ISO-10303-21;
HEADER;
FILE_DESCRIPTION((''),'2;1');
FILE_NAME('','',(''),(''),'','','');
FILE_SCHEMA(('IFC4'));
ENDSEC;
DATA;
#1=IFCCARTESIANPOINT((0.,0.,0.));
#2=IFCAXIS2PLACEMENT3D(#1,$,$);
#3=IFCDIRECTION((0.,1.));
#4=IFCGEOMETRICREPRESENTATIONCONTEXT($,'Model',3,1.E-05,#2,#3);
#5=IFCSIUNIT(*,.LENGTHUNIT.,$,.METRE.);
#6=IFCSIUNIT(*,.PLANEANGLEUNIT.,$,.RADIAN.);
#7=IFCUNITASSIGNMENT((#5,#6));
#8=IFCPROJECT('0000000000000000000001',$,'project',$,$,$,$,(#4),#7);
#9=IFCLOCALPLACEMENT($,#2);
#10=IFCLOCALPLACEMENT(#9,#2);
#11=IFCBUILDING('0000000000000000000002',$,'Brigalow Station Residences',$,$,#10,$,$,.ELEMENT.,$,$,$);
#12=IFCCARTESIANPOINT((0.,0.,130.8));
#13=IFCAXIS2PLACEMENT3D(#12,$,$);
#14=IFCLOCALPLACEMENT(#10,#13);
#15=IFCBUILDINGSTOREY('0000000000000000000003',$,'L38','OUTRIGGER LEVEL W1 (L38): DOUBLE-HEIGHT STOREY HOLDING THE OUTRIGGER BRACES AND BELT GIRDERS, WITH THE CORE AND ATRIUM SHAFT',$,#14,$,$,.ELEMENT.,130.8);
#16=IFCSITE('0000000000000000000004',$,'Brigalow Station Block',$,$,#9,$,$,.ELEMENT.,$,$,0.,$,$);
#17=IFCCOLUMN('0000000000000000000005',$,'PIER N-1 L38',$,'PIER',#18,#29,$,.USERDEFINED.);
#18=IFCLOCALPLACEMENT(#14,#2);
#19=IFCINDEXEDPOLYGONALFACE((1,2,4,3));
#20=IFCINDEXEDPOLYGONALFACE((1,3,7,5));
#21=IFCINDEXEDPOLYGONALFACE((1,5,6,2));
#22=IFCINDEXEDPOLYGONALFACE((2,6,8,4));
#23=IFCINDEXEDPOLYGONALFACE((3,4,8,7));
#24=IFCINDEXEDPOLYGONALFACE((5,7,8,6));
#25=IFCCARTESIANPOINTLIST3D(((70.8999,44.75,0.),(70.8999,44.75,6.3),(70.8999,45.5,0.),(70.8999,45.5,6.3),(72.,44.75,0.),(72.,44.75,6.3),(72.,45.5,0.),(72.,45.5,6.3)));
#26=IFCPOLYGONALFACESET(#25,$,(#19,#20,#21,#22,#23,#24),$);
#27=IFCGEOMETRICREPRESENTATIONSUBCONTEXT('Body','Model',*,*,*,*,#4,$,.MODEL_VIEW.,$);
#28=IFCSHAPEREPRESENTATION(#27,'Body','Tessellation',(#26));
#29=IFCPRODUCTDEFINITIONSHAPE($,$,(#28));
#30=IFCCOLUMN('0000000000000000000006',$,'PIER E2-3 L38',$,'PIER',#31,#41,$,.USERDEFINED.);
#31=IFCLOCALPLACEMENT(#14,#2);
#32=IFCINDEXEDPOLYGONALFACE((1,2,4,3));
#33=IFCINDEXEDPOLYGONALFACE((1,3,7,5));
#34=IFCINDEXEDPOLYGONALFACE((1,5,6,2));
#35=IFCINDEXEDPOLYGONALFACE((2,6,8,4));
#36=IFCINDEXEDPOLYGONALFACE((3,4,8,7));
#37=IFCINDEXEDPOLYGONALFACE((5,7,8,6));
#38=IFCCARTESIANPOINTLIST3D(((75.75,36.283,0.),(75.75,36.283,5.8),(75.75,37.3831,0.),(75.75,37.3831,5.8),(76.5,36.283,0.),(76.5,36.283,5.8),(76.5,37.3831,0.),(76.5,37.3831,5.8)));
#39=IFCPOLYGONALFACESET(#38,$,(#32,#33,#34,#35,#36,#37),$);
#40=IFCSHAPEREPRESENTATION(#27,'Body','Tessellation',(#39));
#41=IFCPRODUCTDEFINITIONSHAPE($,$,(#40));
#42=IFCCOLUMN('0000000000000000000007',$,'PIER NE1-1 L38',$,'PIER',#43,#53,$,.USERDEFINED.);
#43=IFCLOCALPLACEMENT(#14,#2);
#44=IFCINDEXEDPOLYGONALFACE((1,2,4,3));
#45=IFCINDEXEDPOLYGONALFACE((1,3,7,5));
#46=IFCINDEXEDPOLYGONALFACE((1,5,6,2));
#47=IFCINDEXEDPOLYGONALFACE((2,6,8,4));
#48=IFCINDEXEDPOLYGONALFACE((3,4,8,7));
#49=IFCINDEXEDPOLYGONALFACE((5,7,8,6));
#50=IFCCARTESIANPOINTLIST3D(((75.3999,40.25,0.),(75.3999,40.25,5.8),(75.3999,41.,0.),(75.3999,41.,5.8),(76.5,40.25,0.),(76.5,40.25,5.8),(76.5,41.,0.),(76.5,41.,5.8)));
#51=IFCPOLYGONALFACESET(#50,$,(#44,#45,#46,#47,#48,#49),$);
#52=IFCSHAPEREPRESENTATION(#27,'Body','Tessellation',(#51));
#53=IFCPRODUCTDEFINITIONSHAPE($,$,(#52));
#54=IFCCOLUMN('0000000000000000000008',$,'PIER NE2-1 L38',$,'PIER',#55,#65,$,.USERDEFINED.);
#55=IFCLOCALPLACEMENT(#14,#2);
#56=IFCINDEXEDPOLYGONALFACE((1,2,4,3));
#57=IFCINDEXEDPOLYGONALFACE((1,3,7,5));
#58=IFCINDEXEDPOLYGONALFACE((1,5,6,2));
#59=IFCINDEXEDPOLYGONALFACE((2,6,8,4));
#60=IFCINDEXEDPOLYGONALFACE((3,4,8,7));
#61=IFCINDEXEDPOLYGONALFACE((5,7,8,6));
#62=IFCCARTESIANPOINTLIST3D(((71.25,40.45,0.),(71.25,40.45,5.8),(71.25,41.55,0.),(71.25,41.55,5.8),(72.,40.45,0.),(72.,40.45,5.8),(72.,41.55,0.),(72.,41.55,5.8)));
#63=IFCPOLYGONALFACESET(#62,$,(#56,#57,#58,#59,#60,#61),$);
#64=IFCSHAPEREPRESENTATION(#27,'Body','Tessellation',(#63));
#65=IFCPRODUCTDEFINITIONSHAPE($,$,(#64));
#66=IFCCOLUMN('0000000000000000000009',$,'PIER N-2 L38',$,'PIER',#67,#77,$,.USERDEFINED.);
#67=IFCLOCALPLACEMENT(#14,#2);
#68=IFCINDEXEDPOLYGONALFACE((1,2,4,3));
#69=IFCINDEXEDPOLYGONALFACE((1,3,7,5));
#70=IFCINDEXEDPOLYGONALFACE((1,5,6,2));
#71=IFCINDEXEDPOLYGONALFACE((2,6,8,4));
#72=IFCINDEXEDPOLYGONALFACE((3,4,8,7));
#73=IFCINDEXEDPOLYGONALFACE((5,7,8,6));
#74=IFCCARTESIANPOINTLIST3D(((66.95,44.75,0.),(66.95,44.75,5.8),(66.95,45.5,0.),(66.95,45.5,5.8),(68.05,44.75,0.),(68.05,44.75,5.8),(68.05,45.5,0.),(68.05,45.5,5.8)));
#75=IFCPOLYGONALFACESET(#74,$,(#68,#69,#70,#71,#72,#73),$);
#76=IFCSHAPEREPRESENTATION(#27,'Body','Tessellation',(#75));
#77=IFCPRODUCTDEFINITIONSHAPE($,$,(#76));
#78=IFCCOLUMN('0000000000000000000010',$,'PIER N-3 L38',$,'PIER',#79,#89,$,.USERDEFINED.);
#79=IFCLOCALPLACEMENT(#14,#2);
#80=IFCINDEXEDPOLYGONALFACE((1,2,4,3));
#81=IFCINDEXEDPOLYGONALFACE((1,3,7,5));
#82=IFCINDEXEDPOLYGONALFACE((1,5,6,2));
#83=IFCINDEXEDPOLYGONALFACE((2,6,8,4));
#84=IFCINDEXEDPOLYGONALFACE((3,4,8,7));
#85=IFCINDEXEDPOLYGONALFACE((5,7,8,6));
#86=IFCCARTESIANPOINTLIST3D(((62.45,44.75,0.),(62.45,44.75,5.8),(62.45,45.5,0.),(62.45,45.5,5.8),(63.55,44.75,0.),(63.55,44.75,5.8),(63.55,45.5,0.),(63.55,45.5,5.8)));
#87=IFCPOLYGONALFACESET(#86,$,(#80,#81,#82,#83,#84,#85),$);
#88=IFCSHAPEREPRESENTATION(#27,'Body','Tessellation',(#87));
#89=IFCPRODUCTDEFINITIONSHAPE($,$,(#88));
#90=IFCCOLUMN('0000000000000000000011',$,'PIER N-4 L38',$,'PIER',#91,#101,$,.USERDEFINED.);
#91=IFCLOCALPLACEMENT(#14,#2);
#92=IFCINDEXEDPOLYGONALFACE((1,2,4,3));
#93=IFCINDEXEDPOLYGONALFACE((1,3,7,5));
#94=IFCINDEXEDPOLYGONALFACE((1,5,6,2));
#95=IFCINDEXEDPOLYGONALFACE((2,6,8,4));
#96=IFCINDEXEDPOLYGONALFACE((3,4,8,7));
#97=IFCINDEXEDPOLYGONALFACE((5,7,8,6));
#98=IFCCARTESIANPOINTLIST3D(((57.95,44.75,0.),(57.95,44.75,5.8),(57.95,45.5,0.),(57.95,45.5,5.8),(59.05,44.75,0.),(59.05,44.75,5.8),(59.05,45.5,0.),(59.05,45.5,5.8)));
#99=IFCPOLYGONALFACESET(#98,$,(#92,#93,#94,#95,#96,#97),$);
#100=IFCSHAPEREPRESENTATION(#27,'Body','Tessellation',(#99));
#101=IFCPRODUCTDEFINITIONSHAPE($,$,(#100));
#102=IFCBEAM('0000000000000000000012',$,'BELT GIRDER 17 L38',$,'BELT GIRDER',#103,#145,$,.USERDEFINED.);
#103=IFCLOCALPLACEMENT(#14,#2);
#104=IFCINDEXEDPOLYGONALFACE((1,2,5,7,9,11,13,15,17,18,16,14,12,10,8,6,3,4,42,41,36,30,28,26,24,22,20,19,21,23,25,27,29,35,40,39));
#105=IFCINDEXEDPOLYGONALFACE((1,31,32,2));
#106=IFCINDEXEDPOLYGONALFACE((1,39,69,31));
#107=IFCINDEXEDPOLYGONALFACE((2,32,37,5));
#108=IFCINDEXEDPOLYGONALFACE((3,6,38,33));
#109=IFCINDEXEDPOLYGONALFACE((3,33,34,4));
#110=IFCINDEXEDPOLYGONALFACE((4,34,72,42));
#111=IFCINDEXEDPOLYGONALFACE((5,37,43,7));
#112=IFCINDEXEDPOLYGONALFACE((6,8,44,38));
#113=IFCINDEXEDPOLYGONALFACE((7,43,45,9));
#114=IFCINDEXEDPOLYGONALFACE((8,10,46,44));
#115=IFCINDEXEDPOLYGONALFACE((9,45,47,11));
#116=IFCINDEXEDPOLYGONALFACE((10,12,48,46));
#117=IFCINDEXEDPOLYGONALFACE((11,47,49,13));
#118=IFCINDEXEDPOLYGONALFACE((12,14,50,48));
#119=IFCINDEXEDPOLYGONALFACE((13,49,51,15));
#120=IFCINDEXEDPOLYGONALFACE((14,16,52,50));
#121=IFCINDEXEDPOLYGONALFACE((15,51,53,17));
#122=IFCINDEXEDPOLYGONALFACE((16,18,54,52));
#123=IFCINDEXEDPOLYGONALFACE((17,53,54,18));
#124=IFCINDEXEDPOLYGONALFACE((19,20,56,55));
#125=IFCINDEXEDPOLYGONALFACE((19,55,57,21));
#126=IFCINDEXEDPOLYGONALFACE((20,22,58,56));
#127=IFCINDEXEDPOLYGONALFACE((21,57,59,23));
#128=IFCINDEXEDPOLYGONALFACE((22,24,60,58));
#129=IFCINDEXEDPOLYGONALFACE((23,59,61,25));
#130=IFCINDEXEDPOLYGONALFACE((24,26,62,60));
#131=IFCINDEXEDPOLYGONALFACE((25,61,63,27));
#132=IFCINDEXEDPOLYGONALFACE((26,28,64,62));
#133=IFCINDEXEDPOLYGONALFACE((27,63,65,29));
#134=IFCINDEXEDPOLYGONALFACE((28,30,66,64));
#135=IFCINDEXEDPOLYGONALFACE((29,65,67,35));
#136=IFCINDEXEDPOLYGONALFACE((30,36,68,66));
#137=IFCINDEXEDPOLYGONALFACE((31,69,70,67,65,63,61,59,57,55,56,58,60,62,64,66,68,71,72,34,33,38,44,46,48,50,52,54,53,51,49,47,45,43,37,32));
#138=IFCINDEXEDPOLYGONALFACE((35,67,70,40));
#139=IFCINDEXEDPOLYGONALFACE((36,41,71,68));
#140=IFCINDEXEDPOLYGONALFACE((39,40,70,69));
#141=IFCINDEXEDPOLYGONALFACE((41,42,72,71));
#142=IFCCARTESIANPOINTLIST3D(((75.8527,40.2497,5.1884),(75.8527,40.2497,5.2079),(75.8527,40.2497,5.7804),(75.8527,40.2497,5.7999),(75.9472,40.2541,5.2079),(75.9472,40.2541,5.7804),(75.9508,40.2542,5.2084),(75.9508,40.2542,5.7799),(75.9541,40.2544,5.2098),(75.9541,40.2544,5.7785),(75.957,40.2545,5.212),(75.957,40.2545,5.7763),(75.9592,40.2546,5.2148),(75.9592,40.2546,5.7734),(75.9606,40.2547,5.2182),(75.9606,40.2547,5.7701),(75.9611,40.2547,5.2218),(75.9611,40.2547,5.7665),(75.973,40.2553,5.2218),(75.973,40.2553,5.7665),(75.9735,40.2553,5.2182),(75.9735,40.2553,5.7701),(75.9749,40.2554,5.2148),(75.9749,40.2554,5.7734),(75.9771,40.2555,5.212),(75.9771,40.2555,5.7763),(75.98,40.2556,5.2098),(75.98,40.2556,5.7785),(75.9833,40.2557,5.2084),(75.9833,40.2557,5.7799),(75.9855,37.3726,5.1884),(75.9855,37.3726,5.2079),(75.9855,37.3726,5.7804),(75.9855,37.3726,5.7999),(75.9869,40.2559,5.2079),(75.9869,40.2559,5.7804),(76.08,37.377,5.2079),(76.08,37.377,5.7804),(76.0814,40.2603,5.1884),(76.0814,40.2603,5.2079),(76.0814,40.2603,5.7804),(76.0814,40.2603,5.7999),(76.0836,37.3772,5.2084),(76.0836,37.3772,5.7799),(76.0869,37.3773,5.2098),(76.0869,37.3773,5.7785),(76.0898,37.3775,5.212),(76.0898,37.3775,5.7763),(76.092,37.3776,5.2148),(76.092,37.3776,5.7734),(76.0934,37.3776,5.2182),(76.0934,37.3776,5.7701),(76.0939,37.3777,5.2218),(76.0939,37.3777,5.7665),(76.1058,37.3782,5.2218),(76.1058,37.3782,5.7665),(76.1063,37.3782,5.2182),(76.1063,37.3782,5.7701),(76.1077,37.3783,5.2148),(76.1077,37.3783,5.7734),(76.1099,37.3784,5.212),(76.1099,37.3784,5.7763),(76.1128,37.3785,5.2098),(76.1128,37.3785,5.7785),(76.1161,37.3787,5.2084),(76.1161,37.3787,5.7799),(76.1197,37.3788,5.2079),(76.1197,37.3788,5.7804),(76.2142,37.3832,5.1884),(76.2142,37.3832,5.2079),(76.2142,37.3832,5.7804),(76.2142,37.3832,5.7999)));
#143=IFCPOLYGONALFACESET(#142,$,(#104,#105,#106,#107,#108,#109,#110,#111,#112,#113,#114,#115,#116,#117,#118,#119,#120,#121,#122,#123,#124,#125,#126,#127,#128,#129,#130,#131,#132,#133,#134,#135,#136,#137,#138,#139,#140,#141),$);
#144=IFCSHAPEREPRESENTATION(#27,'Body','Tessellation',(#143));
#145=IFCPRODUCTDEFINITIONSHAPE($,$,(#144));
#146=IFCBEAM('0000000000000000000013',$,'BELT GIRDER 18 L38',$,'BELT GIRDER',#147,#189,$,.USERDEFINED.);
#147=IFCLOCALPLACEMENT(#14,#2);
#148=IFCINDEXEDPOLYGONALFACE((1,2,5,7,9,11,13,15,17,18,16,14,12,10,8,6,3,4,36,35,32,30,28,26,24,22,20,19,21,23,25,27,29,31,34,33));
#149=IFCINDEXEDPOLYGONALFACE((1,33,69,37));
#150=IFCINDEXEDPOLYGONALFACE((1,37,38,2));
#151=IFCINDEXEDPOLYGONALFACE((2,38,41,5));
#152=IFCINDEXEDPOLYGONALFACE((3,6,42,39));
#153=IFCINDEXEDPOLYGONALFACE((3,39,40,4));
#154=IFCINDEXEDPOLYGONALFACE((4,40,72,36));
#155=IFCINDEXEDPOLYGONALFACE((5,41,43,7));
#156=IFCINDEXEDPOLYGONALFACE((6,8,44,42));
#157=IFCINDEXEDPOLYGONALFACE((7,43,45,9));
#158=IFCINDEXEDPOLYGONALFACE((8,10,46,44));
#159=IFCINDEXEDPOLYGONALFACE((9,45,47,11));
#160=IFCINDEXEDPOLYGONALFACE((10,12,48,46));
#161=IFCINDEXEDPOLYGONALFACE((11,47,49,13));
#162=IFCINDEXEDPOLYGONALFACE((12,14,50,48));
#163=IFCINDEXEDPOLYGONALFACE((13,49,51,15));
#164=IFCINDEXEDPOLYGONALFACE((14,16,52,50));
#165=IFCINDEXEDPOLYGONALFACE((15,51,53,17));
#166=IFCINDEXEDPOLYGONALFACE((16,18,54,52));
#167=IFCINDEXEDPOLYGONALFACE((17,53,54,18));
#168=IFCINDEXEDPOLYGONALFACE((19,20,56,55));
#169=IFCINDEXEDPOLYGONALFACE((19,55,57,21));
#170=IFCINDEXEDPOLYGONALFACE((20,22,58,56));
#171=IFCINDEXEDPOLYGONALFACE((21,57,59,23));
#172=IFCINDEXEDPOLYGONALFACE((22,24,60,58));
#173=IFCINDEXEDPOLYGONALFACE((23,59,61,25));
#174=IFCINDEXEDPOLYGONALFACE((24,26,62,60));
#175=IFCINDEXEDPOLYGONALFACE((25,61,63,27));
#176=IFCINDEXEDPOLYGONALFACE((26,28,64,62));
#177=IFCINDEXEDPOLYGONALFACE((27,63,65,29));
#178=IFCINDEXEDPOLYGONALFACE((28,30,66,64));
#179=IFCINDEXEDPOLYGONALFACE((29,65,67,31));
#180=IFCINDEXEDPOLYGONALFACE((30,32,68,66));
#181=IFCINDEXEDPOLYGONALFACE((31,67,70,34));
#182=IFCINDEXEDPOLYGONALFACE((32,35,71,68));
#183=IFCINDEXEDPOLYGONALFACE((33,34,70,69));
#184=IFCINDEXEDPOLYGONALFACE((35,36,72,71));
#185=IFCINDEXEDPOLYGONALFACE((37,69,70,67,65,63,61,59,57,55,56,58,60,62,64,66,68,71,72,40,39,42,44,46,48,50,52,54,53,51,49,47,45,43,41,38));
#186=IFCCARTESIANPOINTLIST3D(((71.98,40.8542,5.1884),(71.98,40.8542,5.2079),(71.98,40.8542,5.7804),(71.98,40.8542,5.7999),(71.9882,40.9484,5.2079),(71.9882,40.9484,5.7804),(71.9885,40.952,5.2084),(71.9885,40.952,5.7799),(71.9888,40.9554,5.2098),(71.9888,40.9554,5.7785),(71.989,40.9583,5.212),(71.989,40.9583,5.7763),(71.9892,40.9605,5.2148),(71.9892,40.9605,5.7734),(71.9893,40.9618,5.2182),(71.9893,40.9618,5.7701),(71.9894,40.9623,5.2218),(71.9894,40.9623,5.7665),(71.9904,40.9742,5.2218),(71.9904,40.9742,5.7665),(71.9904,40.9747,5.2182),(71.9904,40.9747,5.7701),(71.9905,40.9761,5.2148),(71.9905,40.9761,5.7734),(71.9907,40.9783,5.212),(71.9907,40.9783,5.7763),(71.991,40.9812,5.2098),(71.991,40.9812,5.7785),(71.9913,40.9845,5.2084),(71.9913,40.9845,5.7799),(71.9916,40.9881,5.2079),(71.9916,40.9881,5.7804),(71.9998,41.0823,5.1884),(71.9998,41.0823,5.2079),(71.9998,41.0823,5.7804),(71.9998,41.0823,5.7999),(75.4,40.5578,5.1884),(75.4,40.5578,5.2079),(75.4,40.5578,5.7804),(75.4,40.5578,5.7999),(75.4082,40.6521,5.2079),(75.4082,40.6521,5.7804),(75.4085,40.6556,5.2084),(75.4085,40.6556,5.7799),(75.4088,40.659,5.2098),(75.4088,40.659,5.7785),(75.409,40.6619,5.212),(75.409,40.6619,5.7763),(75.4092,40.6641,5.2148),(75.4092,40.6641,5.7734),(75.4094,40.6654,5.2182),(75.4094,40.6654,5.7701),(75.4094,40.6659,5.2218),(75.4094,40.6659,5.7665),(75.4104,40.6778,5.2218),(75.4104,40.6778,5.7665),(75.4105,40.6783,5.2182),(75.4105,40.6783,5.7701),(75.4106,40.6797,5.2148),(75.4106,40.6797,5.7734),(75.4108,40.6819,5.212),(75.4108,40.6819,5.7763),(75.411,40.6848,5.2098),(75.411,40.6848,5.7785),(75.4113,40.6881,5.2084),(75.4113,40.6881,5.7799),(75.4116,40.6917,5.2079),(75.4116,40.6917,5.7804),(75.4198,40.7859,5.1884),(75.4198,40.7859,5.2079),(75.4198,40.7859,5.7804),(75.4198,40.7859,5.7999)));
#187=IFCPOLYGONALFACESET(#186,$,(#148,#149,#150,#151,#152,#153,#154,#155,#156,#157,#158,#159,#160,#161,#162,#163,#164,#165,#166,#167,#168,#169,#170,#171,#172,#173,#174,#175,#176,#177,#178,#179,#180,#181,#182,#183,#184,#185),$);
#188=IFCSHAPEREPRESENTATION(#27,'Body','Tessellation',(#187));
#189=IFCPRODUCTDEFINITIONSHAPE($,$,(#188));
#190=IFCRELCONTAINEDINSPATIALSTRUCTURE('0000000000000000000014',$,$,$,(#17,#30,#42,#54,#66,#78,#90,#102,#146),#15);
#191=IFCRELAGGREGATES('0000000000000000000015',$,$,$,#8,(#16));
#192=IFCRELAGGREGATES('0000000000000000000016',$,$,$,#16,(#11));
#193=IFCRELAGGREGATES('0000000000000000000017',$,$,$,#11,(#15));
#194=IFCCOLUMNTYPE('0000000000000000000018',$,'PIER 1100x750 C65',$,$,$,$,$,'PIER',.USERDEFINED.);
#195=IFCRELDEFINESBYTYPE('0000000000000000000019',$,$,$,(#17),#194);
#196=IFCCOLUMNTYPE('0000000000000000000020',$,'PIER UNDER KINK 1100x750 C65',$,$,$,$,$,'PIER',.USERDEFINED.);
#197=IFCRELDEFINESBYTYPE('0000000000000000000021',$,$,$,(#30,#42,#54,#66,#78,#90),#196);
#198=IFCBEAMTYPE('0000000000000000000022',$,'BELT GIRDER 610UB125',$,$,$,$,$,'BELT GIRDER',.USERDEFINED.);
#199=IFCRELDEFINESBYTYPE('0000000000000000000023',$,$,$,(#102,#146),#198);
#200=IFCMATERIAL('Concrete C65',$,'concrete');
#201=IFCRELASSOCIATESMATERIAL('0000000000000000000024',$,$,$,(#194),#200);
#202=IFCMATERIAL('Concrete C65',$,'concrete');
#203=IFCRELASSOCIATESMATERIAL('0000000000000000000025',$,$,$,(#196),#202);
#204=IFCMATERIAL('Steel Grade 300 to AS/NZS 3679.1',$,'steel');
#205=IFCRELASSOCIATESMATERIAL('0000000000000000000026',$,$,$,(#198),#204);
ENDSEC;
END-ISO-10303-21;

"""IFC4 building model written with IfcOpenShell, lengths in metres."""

from ifc_helpers import new_model, si_unit, direction, frame, origin, origin_2d, place, context, subcontext, project, spatial, rectangle, i_section, extrude, material, material_profile, profile_set, type_object, element, save


model = new_model("IFC4")

# Units and contexts
model_context = context("Model", 3, precision=1e-05, world=origin(), true_north=direction((0.0, 1.0)))
body_context = subcontext(model_context, "Body", "Model", "MODEL_VIEW")
ifc_project = project(units=[si_unit("LENGTHUNIT", "METRE"), si_unit("PLANEANGLEUNIT", "RADIAN")], contexts=[model_context])

# Site, building, storey
site_placement = place(None, origin())
site = spatial("IfcSite", under=ifc_project, at=site_placement, Name="Brigalow Station Block", CompositionType="ELEMENT", RefElevation=0.0)
building_placement = place(site_placement, origin())
building = spatial("IfcBuilding", under=site, at=building_placement, Name="Brigalow Station Residences", CompositionType="ELEMENT")
storey_placement = place(building_placement, frame((0.0, 0.0, 130.8)))
storey = spatial("IfcBuildingStorey", under=building, at=storey_placement, Name="L38", Description="OUTRIGGER LEVEL W1 (L38): DOUBLE-HEIGHT STOREY HOLDING THE OUTRIGGER BRACES AND BELT GIRDERS, WITH THE CORE AND ATRIUM SHAFT", CompositionType="ELEMENT", Elevation=130.8)

# Columns
ifc_material_1 = material(Name="Concrete C65", Category="concrete")
ifc_material_profile_1 = material_profile(ifc_material_1, rectangle(XDim=1.1001, YDim=0.75, at=origin_2d()), Name="RC1100x750")
ifc_profile_set_1 = profile_set([ifc_material_profile_1], Name="Concrete C65")
column_type_1 = type_object("IfcColumnType", Name="PIER 1100x750 C65", ElementType="PIER", PredefinedType="USERDEFINED", material=ifc_profile_set_1)
column_placement = place(storey_placement, frame((71.45, 45.125, 0.0), z_axis=(0.0, 0.0, 1.0), x_axis=(-1.0, 0.0, 0.0)))
element("IfcColumn", 1, at=column_placement, inside=storey, type_object=column_type_1, Name="PIER N-1 L38", ObjectType="PIER", PredefinedType="USERDEFINED", context=body_context, shape_type="SweptSolid", body=[
    extrude(rectangle(XDim=1.1001, YDim=0.75, at=origin_2d()), origin(), (0.0, 0.0, 1.0), 6.3),
])
ifc_material_2 = material(Name="Concrete C65", Category="concrete")
ifc_material_profile_2 = material_profile(ifc_material_2, rectangle(XDim=1.1001, YDim=0.75, at=origin_2d()), Name="RC1100x750")
ifc_profile_set_2 = profile_set([ifc_material_profile_2], Name="Concrete C65")
column_type_2 = type_object("IfcColumnType", Name="PIER UNDER KINK 1100x750 C65", ElementType="PIER", PredefinedType="USERDEFINED", material=ifc_profile_set_2)
for number, where, z_axis, x_axis, name in (
    (2, (76.125, 36.833, 0.0), (0.0, 0.0, 1.0), (0.0, 1.0, 0.0), "PIER E2-3 L38"),
    (3, (75.95, 40.625, 0.0), (0.0, 0.0, 1.0), (-1.0, 0.0, 0.0), "PIER NE1-1 L38"),
    (4, (71.625, 41.0, 0.0), (0.0, 0.0, 1.0), (0.0, 1.0, 0.0), "PIER NE2-1 L38"),
    (5, (67.5, 45.125, 0.0), (0.0, 0.0, 1.0), (-1.0, 0.0, 0.0), "PIER N-2 L38"),
    (6, (63.0, 45.125, 0.0), (0.0, 0.0, 1.0), (-1.0, 0.0, 0.0), "PIER N-3 L38"),
    (7, (58.5, 45.125, 0.0), (0.0, 0.0, 1.0), (-1.0, 0.0, 0.0), "PIER N-4 L38"),
):
    element("IfcColumn", number, at=place(storey_placement, frame(where, z_axis=z_axis, x_axis=x_axis)), inside=storey, type_object=column_type_2, Name=name, ObjectType="PIER", PredefinedType="USERDEFINED", context=body_context, shape_type="SweptSolid", body=[
        extrude(rectangle(XDim=1.1001, YDim=0.75, at=origin_2d()), origin(), (0.0, 0.0, 1.0), 5.8),
    ])

# Beams
ifc_material_3 = material(Name="Steel Grade 300 to AS/NZS 3679.1", Category="steel")
ifc_material_profile_3 = material_profile(ifc_material_3, i_section(OverallWidth=0.229, OverallDepth=0.6116, WebThickness=0.012, FlangeThickness=0.0195, FilletRadius=0.0139, at=origin_2d()), Name="610UB125")
ifc_profile_set_3 = profile_set([ifc_material_profile_3], Name="Steel Grade 300 to AS/NZS 3679.1")
beam_type = type_object("IfcBeamType", Name="BELT GIRDER 610UB125", ElementType="BELT GIRDER", PredefinedType="USERDEFINED", material=ifc_profile_set_3)
beam_1_placement = place(storey_placement, frame((76.0999, 37.3779, 5.4941), z_axis=(-0.046115, 0.998936, 0.0), x_axis=(-0.998936, -0.046115, 0.0)))
element("IfcBeam", 8, at=beam_1_placement, inside=storey, type_object=beam_type, Name="BELT GIRDER 17 L38", ObjectType="BELT GIRDER", PredefinedType="USERDEFINED", context=body_context, shape_type="SweptSolid", body=[
    extrude(i_section(OverallWidth=0.229, OverallDepth=0.6116, WebThickness=0.012, FlangeThickness=0.0195, FilletRadius=0.0139, at=origin_2d()), origin(), (0.0, 0.0, 1.0), 2.8801),
])
beam_2_placement = place(storey_placement, frame((75.4099, 40.6719, 5.4941), z_axis=(-0.996266, 0.086341, 0.0), x_axis=(-0.086341, -0.996266, 0.0)))
element("IfcBeam", 9, at=beam_2_placement, inside=storey, type_object=beam_type, Name="BELT GIRDER 18 L38", ObjectType="BELT GIRDER", PredefinedType="USERDEFINED", context=body_context, shape_type="SweptSolid", body=[
    extrude(i_section(OverallWidth=0.229, OverallDepth=0.6116, WebThickness=0.012, FlangeThickness=0.0195, FilletRadius=0.0139, at=origin_2d()), origin(), (0.0, 0.0, 1.0), 3.4329),
])

save(model, "model.ifc")
